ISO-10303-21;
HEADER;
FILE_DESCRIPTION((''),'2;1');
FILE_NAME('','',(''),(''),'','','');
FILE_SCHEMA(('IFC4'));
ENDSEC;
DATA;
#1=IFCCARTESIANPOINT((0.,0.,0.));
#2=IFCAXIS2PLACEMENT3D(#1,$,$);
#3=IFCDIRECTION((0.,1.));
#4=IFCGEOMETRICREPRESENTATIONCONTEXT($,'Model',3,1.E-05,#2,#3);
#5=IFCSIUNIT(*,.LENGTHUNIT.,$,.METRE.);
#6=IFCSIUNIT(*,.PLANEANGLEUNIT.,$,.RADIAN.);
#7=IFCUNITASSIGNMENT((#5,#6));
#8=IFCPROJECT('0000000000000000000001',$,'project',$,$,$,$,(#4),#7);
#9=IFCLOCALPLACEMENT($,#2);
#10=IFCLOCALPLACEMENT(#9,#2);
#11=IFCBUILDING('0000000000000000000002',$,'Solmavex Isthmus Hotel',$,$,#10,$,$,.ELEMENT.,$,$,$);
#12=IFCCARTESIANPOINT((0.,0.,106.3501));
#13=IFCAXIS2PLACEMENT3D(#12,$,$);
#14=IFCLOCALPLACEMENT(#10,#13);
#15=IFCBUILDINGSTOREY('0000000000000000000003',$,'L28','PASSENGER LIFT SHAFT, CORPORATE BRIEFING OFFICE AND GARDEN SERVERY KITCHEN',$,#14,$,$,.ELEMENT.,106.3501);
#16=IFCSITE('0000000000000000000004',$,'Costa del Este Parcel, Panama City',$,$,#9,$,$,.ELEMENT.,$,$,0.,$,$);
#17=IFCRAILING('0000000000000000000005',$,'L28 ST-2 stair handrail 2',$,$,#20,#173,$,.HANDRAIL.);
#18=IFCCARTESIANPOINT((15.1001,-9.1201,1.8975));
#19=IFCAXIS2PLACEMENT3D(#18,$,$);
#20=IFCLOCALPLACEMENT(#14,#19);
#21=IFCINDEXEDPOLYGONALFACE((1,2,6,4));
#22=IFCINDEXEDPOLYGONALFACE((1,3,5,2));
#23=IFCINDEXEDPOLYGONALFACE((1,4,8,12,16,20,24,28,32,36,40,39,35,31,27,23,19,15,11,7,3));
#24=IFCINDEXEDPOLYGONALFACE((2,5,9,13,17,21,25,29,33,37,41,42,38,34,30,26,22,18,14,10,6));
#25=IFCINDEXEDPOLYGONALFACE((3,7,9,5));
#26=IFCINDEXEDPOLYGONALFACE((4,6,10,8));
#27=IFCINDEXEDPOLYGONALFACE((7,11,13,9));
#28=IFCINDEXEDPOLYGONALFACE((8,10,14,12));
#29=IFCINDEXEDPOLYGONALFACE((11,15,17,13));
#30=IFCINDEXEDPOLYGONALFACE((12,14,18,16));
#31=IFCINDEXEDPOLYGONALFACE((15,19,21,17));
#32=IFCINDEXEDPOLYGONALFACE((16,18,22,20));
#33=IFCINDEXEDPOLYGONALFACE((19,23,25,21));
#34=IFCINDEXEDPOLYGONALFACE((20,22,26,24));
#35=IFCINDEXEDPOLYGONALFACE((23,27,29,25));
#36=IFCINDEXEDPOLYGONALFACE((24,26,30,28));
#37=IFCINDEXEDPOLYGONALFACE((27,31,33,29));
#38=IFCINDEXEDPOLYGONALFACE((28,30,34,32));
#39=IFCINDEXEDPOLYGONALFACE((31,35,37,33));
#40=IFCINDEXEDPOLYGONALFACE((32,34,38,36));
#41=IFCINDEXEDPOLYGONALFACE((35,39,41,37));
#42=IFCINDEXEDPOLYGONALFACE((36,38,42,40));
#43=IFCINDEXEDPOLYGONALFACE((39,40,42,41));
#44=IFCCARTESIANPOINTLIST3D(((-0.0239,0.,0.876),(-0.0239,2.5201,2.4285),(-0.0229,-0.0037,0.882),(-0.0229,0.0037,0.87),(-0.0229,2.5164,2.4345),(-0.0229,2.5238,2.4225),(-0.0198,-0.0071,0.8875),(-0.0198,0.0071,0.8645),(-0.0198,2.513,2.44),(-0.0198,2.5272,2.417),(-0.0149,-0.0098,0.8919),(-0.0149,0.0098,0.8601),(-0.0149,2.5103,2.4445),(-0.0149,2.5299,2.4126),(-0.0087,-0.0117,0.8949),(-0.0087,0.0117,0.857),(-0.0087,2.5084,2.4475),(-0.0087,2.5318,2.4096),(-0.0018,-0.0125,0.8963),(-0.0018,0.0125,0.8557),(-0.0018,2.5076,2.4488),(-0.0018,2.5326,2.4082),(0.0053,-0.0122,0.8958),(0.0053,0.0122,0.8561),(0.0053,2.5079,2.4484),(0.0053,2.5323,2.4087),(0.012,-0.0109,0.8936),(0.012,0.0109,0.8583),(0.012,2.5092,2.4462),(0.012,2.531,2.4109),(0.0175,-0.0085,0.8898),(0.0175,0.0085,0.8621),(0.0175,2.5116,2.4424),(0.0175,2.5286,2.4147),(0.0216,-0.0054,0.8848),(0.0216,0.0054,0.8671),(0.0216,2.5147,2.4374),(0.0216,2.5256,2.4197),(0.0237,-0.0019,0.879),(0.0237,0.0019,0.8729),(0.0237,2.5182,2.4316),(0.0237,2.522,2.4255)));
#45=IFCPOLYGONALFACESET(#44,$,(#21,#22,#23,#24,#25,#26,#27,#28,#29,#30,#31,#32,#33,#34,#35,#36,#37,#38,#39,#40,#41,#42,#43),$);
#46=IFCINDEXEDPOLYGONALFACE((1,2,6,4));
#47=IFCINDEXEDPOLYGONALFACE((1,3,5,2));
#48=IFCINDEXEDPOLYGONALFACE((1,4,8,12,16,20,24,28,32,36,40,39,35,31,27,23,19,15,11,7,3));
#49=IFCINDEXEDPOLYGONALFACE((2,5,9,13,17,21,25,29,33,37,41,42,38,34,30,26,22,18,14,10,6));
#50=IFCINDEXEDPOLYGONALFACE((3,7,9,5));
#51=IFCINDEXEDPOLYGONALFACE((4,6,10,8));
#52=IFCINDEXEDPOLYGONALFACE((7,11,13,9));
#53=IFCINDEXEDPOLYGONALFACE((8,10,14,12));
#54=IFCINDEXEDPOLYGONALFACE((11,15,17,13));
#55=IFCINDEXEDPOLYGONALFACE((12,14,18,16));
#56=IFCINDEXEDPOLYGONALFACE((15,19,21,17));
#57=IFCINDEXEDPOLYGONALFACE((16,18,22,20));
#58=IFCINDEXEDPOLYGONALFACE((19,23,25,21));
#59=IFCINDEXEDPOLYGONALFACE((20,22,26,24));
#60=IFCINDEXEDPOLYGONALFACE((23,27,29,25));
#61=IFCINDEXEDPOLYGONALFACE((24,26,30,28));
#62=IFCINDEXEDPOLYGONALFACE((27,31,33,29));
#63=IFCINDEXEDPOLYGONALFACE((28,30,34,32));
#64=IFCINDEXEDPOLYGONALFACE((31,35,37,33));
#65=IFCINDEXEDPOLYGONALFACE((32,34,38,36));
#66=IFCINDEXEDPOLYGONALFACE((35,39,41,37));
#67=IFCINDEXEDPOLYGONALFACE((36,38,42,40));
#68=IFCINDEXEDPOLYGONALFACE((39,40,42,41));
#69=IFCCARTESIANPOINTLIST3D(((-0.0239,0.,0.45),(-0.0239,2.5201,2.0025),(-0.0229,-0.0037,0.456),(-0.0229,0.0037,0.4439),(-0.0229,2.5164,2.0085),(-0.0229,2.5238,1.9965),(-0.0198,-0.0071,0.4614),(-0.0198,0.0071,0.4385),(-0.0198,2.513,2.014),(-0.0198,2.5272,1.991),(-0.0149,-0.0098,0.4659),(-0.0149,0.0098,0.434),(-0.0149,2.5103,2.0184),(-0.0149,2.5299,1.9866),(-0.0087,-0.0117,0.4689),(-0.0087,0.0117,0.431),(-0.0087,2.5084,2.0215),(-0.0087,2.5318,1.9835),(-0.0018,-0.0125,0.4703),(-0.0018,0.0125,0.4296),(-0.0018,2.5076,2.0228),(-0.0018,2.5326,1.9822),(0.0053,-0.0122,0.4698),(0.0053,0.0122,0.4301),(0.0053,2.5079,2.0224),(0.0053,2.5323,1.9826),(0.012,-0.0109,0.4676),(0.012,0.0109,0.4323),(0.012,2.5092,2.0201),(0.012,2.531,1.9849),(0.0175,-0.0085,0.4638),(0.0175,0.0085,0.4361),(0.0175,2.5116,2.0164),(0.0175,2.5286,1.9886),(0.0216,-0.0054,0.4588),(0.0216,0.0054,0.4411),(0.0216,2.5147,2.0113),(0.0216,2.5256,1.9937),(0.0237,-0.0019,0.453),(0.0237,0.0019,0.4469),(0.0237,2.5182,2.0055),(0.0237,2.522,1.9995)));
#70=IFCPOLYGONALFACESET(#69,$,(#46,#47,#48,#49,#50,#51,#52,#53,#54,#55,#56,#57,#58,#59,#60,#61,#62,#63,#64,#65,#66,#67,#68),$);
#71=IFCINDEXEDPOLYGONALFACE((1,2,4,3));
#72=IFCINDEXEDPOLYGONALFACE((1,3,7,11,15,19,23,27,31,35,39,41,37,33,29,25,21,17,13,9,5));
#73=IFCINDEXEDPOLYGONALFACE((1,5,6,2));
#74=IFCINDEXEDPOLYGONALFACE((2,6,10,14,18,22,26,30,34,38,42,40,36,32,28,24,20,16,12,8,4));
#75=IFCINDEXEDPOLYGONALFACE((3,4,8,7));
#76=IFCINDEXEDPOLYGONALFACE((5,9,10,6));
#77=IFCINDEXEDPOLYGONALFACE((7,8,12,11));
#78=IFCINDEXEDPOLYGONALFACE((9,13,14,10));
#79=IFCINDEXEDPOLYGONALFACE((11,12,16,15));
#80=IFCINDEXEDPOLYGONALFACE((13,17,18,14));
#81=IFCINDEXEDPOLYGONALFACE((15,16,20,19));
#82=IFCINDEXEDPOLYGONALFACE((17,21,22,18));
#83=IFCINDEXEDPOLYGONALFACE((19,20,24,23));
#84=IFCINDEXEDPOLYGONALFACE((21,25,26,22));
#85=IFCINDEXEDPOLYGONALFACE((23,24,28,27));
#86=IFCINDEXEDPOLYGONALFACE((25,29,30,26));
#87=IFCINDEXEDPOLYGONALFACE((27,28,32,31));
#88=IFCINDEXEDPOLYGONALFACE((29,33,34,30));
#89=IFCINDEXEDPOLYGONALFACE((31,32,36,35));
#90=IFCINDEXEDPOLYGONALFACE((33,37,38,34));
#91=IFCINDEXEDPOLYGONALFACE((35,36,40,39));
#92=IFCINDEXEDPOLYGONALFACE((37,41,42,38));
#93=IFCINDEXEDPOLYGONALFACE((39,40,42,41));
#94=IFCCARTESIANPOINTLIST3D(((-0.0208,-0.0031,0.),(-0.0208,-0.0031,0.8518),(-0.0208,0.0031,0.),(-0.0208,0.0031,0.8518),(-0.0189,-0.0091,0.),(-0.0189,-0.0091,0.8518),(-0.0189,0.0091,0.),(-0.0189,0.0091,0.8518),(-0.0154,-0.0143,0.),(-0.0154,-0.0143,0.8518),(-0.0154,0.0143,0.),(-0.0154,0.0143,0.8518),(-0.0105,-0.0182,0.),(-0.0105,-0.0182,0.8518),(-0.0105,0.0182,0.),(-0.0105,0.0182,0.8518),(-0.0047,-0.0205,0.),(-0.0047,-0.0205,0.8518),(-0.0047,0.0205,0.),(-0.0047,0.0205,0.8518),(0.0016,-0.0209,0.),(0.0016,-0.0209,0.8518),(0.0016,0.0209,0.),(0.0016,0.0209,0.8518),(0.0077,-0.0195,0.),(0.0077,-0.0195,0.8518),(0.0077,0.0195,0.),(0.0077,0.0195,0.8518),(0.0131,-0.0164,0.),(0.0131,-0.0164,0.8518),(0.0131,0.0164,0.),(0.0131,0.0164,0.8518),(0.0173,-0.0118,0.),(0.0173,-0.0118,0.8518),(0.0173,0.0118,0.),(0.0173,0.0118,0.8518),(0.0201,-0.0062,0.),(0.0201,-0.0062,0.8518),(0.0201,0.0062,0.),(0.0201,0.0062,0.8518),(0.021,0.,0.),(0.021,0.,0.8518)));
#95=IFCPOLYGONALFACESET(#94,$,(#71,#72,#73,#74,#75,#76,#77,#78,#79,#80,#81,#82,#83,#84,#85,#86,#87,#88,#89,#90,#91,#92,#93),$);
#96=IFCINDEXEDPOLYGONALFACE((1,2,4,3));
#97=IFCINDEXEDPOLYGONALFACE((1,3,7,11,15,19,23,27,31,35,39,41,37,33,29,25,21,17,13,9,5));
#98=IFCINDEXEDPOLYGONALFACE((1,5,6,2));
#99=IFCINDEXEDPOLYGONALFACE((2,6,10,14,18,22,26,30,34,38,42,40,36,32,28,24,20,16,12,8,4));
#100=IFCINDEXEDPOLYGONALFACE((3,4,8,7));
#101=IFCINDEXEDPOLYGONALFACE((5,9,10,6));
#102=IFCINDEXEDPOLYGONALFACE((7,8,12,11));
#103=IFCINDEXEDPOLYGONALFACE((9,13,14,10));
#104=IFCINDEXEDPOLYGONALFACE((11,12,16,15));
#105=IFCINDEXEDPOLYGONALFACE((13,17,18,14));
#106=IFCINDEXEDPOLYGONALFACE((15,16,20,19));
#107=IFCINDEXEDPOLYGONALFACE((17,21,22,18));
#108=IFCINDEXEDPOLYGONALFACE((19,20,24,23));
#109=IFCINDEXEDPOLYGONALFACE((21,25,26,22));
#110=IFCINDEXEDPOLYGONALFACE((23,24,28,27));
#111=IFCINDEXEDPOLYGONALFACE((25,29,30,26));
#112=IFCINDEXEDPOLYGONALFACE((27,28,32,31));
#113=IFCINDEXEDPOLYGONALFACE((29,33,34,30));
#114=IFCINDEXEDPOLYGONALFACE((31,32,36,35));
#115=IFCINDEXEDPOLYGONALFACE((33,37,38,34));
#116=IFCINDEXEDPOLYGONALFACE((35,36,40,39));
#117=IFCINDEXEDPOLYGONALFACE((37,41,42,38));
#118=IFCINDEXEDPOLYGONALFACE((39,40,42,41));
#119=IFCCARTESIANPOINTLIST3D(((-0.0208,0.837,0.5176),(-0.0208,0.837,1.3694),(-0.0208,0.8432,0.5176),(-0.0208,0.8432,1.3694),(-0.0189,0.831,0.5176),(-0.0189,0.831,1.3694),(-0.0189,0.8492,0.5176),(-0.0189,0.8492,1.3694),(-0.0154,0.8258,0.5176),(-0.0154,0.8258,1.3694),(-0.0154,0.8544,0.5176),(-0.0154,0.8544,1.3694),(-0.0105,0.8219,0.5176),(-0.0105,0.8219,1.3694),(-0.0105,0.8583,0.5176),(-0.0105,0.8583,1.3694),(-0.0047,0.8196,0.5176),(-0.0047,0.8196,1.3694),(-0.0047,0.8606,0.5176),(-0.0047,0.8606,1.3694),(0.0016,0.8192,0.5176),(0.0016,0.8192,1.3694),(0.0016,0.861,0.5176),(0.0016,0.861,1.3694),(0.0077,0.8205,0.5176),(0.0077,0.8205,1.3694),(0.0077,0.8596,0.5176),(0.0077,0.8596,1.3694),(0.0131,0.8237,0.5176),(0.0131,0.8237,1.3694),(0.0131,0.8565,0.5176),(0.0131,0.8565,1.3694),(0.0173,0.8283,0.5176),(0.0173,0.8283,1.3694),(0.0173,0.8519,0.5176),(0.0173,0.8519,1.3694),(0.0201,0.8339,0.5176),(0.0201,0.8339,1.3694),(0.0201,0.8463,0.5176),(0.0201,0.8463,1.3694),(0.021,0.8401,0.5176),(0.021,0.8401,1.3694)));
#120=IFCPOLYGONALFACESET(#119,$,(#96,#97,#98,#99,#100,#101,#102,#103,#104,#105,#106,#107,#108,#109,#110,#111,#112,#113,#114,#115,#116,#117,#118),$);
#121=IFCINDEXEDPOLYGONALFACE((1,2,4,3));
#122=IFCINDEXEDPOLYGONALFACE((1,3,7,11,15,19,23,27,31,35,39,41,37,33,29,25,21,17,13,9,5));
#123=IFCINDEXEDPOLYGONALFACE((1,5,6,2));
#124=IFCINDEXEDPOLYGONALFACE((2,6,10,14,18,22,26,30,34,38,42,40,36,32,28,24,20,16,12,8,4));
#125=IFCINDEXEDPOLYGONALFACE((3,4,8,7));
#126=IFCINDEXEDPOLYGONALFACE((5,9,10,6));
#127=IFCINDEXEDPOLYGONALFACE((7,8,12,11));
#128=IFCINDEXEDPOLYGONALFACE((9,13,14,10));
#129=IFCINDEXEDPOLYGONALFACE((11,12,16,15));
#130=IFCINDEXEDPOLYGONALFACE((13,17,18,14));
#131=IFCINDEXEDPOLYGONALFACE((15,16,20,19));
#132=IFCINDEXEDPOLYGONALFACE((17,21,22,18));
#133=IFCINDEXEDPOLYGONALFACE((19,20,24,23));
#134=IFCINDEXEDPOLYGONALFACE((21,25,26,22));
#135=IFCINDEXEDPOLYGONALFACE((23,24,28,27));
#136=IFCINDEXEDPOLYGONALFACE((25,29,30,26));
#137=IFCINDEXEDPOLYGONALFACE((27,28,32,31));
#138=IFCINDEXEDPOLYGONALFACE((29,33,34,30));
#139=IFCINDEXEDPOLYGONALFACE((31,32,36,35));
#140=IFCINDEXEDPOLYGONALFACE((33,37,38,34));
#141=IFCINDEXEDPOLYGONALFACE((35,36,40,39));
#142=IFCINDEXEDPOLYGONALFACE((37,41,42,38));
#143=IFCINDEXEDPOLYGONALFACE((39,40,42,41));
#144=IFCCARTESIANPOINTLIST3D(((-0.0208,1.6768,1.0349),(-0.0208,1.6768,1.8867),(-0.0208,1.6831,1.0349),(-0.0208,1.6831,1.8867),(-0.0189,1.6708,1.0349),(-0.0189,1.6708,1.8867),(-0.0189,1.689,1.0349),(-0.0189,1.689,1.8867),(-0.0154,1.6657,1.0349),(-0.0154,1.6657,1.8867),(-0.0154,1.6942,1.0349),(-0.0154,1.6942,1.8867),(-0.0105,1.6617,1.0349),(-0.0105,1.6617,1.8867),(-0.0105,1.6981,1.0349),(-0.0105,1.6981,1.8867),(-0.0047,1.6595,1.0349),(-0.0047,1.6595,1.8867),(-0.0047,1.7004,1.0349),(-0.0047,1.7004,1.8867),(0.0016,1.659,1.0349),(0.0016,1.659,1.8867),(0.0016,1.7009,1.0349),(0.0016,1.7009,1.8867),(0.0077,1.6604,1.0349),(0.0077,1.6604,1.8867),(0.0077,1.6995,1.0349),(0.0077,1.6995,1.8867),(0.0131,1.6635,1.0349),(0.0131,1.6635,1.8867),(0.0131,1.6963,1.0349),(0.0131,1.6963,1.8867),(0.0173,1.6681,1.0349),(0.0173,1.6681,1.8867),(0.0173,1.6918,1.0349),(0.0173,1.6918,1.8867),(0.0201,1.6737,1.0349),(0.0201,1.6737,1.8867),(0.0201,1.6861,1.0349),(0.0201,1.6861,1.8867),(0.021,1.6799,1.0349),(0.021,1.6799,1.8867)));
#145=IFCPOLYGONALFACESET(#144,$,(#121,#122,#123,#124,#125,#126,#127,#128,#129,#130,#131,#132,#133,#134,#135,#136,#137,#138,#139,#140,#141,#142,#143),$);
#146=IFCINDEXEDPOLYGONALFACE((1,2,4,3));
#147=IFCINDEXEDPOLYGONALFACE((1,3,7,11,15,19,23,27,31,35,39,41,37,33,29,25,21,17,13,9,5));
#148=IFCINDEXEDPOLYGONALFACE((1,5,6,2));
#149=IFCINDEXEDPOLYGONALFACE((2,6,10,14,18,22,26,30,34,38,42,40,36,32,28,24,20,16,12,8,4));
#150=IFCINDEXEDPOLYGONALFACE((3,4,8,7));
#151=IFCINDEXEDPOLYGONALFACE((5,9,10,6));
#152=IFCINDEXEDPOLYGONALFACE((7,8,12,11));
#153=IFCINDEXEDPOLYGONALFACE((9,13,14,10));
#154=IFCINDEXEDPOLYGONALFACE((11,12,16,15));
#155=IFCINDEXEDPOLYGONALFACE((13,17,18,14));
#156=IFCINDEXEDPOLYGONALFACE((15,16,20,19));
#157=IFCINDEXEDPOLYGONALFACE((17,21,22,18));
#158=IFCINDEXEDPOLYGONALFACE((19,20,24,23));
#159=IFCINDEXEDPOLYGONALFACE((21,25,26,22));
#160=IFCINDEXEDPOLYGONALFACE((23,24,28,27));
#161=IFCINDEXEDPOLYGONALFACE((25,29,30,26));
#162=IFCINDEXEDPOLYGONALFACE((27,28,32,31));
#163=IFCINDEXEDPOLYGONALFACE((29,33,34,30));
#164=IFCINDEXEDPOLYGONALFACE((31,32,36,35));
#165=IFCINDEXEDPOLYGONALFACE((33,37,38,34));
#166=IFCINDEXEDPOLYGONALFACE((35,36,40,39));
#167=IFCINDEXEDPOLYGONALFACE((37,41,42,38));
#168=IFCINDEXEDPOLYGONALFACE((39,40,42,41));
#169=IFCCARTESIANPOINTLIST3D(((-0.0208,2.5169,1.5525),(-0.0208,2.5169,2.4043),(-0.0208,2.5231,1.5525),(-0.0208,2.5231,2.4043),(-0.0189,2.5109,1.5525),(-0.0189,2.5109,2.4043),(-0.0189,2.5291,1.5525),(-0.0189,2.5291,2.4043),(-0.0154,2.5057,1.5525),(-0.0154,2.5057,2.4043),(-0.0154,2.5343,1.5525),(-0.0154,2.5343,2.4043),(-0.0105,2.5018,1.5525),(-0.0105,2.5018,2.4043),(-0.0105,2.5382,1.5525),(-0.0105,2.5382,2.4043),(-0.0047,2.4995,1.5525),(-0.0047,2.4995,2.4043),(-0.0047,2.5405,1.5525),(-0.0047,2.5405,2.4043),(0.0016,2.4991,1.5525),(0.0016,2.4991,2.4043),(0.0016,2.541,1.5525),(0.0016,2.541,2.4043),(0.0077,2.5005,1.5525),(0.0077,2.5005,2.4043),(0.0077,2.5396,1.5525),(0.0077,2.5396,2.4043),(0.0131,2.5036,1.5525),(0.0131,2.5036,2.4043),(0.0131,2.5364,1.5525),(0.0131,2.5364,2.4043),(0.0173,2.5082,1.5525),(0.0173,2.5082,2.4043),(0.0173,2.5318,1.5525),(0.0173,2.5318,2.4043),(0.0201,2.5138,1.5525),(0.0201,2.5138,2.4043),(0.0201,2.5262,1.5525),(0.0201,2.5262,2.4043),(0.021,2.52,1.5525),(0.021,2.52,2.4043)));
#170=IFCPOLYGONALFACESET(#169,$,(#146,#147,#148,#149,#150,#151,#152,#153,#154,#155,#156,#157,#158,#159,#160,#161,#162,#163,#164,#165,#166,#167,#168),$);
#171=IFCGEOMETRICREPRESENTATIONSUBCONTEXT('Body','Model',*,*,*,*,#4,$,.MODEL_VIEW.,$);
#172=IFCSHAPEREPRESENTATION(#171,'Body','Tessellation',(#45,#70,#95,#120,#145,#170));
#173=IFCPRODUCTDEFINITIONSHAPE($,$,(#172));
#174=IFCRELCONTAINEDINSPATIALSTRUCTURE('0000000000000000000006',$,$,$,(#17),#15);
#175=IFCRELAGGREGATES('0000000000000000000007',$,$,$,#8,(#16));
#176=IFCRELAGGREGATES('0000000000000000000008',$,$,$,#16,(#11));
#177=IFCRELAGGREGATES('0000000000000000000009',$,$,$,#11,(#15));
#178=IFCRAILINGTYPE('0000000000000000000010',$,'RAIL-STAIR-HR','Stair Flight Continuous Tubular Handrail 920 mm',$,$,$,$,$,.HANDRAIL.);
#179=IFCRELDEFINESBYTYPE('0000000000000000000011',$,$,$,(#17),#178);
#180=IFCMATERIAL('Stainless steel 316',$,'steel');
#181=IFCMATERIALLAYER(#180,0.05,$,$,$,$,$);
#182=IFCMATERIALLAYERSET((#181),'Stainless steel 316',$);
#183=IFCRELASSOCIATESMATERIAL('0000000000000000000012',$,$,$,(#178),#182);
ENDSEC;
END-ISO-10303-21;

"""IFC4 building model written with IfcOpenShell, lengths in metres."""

from ifc_helpers import new_model, si_unit, direction, frame, origin, origin_2d, place, context, subcontext, project, spatial, circle, extrude, material, layer, layer_set, type_object, element, save


model = new_model("IFC4")

# Units and contexts
model_context = context("Model", 3, precision=1e-05, world=origin(), true_north=direction((0.0, 1.0)))
body_context = subcontext(model_context, "Body", "Model", "MODEL_VIEW")
ifc_project = project(units=[si_unit("LENGTHUNIT", "METRE"), si_unit("PLANEANGLEUNIT", "RADIAN")], contexts=[model_context])

# Site, building, storey
site_placement = place(None, origin())
site = spatial("IfcSite", under=ifc_project, at=site_placement, Name="Costa del Este Parcel, Panama City", CompositionType="ELEMENT", RefElevation=0.0)
building_placement = place(site_placement, origin())
building = spatial("IfcBuilding", under=site, at=building_placement, Name="Solmavex Isthmus Hotel", CompositionType="ELEMENT")
storey_placement = place(building_placement, frame((0.0, 0.0, 106.3501)))
storey = spatial("IfcBuildingStorey", under=building, at=storey_placement, Name="L28", Description="PASSENGER LIFT SHAFT, CORPORATE BRIEFING OFFICE AND GARDEN SERVERY KITCHEN", CompositionType="ELEMENT", Elevation=106.3501)

# Railing
ifc_material_1 = material(Name="Stainless steel 316", Category="steel")
ifc_layer_1 = layer(ifc_material_1, 0.05)
ifc_layer_set_1 = layer_set([ifc_layer_1], Name="Stainless steel 316")
railing_type_1 = type_object("IfcRailingType", Name="RAIL-STAIR-HR", Description="Stair Flight Continuous Tubular Handrail 920 mm", PredefinedType="HANDRAIL", material=ifc_layer_set_1)
railing_1_placement = place(storey_placement, frame((15.1001, -9.1201, 1.8975)))
element("IfcRailing", 1, at=railing_1_placement, inside=storey, type_object=railing_type_1, Name="L28 ST-2 stair handrail 2", PredefinedType="HANDRAIL", context=body_context, shape_type="SweptSolid", body=[
    extrude(circle(Radius=0.0239, at=origin_2d()), frame((0.0, 0.0, 0.876), z_axis=(0.0, 0.8514, 0.524516), x_axis=(-1.0, 0.0, 0.0)), (0.0, 0.0, 1.0), 2.96),
    extrude(circle(Radius=0.0239, at=origin_2d()), frame((0.0, 0.0, 0.45), z_axis=(0.0, 0.8514, 0.524516), x_axis=(-1.0, 0.0, 0.0)), (0.0, 0.0, 1.0), 2.96),
    extrude(circle(Radius=0.021, at=origin_2d()), origin(), (0.0, 0.0, 1.0), 0.8518),
    extrude(circle(Radius=0.021, at=origin_2d()), frame((0.0, 0.8401, 0.5176)), (0.0, 0.0, 1.0), 0.8518),
    extrude(circle(Radius=0.021, at=origin_2d()), frame((0.0, 1.6799, 1.0349)), (0.0, 0.0, 1.0), 0.8518),
    extrude(circle(Radius=0.021, at=origin_2d()), frame((0.0, 2.52, 1.5525)), (0.0, 0.0, 1.0), 0.8518),
])

save(model, "model.ifc")
